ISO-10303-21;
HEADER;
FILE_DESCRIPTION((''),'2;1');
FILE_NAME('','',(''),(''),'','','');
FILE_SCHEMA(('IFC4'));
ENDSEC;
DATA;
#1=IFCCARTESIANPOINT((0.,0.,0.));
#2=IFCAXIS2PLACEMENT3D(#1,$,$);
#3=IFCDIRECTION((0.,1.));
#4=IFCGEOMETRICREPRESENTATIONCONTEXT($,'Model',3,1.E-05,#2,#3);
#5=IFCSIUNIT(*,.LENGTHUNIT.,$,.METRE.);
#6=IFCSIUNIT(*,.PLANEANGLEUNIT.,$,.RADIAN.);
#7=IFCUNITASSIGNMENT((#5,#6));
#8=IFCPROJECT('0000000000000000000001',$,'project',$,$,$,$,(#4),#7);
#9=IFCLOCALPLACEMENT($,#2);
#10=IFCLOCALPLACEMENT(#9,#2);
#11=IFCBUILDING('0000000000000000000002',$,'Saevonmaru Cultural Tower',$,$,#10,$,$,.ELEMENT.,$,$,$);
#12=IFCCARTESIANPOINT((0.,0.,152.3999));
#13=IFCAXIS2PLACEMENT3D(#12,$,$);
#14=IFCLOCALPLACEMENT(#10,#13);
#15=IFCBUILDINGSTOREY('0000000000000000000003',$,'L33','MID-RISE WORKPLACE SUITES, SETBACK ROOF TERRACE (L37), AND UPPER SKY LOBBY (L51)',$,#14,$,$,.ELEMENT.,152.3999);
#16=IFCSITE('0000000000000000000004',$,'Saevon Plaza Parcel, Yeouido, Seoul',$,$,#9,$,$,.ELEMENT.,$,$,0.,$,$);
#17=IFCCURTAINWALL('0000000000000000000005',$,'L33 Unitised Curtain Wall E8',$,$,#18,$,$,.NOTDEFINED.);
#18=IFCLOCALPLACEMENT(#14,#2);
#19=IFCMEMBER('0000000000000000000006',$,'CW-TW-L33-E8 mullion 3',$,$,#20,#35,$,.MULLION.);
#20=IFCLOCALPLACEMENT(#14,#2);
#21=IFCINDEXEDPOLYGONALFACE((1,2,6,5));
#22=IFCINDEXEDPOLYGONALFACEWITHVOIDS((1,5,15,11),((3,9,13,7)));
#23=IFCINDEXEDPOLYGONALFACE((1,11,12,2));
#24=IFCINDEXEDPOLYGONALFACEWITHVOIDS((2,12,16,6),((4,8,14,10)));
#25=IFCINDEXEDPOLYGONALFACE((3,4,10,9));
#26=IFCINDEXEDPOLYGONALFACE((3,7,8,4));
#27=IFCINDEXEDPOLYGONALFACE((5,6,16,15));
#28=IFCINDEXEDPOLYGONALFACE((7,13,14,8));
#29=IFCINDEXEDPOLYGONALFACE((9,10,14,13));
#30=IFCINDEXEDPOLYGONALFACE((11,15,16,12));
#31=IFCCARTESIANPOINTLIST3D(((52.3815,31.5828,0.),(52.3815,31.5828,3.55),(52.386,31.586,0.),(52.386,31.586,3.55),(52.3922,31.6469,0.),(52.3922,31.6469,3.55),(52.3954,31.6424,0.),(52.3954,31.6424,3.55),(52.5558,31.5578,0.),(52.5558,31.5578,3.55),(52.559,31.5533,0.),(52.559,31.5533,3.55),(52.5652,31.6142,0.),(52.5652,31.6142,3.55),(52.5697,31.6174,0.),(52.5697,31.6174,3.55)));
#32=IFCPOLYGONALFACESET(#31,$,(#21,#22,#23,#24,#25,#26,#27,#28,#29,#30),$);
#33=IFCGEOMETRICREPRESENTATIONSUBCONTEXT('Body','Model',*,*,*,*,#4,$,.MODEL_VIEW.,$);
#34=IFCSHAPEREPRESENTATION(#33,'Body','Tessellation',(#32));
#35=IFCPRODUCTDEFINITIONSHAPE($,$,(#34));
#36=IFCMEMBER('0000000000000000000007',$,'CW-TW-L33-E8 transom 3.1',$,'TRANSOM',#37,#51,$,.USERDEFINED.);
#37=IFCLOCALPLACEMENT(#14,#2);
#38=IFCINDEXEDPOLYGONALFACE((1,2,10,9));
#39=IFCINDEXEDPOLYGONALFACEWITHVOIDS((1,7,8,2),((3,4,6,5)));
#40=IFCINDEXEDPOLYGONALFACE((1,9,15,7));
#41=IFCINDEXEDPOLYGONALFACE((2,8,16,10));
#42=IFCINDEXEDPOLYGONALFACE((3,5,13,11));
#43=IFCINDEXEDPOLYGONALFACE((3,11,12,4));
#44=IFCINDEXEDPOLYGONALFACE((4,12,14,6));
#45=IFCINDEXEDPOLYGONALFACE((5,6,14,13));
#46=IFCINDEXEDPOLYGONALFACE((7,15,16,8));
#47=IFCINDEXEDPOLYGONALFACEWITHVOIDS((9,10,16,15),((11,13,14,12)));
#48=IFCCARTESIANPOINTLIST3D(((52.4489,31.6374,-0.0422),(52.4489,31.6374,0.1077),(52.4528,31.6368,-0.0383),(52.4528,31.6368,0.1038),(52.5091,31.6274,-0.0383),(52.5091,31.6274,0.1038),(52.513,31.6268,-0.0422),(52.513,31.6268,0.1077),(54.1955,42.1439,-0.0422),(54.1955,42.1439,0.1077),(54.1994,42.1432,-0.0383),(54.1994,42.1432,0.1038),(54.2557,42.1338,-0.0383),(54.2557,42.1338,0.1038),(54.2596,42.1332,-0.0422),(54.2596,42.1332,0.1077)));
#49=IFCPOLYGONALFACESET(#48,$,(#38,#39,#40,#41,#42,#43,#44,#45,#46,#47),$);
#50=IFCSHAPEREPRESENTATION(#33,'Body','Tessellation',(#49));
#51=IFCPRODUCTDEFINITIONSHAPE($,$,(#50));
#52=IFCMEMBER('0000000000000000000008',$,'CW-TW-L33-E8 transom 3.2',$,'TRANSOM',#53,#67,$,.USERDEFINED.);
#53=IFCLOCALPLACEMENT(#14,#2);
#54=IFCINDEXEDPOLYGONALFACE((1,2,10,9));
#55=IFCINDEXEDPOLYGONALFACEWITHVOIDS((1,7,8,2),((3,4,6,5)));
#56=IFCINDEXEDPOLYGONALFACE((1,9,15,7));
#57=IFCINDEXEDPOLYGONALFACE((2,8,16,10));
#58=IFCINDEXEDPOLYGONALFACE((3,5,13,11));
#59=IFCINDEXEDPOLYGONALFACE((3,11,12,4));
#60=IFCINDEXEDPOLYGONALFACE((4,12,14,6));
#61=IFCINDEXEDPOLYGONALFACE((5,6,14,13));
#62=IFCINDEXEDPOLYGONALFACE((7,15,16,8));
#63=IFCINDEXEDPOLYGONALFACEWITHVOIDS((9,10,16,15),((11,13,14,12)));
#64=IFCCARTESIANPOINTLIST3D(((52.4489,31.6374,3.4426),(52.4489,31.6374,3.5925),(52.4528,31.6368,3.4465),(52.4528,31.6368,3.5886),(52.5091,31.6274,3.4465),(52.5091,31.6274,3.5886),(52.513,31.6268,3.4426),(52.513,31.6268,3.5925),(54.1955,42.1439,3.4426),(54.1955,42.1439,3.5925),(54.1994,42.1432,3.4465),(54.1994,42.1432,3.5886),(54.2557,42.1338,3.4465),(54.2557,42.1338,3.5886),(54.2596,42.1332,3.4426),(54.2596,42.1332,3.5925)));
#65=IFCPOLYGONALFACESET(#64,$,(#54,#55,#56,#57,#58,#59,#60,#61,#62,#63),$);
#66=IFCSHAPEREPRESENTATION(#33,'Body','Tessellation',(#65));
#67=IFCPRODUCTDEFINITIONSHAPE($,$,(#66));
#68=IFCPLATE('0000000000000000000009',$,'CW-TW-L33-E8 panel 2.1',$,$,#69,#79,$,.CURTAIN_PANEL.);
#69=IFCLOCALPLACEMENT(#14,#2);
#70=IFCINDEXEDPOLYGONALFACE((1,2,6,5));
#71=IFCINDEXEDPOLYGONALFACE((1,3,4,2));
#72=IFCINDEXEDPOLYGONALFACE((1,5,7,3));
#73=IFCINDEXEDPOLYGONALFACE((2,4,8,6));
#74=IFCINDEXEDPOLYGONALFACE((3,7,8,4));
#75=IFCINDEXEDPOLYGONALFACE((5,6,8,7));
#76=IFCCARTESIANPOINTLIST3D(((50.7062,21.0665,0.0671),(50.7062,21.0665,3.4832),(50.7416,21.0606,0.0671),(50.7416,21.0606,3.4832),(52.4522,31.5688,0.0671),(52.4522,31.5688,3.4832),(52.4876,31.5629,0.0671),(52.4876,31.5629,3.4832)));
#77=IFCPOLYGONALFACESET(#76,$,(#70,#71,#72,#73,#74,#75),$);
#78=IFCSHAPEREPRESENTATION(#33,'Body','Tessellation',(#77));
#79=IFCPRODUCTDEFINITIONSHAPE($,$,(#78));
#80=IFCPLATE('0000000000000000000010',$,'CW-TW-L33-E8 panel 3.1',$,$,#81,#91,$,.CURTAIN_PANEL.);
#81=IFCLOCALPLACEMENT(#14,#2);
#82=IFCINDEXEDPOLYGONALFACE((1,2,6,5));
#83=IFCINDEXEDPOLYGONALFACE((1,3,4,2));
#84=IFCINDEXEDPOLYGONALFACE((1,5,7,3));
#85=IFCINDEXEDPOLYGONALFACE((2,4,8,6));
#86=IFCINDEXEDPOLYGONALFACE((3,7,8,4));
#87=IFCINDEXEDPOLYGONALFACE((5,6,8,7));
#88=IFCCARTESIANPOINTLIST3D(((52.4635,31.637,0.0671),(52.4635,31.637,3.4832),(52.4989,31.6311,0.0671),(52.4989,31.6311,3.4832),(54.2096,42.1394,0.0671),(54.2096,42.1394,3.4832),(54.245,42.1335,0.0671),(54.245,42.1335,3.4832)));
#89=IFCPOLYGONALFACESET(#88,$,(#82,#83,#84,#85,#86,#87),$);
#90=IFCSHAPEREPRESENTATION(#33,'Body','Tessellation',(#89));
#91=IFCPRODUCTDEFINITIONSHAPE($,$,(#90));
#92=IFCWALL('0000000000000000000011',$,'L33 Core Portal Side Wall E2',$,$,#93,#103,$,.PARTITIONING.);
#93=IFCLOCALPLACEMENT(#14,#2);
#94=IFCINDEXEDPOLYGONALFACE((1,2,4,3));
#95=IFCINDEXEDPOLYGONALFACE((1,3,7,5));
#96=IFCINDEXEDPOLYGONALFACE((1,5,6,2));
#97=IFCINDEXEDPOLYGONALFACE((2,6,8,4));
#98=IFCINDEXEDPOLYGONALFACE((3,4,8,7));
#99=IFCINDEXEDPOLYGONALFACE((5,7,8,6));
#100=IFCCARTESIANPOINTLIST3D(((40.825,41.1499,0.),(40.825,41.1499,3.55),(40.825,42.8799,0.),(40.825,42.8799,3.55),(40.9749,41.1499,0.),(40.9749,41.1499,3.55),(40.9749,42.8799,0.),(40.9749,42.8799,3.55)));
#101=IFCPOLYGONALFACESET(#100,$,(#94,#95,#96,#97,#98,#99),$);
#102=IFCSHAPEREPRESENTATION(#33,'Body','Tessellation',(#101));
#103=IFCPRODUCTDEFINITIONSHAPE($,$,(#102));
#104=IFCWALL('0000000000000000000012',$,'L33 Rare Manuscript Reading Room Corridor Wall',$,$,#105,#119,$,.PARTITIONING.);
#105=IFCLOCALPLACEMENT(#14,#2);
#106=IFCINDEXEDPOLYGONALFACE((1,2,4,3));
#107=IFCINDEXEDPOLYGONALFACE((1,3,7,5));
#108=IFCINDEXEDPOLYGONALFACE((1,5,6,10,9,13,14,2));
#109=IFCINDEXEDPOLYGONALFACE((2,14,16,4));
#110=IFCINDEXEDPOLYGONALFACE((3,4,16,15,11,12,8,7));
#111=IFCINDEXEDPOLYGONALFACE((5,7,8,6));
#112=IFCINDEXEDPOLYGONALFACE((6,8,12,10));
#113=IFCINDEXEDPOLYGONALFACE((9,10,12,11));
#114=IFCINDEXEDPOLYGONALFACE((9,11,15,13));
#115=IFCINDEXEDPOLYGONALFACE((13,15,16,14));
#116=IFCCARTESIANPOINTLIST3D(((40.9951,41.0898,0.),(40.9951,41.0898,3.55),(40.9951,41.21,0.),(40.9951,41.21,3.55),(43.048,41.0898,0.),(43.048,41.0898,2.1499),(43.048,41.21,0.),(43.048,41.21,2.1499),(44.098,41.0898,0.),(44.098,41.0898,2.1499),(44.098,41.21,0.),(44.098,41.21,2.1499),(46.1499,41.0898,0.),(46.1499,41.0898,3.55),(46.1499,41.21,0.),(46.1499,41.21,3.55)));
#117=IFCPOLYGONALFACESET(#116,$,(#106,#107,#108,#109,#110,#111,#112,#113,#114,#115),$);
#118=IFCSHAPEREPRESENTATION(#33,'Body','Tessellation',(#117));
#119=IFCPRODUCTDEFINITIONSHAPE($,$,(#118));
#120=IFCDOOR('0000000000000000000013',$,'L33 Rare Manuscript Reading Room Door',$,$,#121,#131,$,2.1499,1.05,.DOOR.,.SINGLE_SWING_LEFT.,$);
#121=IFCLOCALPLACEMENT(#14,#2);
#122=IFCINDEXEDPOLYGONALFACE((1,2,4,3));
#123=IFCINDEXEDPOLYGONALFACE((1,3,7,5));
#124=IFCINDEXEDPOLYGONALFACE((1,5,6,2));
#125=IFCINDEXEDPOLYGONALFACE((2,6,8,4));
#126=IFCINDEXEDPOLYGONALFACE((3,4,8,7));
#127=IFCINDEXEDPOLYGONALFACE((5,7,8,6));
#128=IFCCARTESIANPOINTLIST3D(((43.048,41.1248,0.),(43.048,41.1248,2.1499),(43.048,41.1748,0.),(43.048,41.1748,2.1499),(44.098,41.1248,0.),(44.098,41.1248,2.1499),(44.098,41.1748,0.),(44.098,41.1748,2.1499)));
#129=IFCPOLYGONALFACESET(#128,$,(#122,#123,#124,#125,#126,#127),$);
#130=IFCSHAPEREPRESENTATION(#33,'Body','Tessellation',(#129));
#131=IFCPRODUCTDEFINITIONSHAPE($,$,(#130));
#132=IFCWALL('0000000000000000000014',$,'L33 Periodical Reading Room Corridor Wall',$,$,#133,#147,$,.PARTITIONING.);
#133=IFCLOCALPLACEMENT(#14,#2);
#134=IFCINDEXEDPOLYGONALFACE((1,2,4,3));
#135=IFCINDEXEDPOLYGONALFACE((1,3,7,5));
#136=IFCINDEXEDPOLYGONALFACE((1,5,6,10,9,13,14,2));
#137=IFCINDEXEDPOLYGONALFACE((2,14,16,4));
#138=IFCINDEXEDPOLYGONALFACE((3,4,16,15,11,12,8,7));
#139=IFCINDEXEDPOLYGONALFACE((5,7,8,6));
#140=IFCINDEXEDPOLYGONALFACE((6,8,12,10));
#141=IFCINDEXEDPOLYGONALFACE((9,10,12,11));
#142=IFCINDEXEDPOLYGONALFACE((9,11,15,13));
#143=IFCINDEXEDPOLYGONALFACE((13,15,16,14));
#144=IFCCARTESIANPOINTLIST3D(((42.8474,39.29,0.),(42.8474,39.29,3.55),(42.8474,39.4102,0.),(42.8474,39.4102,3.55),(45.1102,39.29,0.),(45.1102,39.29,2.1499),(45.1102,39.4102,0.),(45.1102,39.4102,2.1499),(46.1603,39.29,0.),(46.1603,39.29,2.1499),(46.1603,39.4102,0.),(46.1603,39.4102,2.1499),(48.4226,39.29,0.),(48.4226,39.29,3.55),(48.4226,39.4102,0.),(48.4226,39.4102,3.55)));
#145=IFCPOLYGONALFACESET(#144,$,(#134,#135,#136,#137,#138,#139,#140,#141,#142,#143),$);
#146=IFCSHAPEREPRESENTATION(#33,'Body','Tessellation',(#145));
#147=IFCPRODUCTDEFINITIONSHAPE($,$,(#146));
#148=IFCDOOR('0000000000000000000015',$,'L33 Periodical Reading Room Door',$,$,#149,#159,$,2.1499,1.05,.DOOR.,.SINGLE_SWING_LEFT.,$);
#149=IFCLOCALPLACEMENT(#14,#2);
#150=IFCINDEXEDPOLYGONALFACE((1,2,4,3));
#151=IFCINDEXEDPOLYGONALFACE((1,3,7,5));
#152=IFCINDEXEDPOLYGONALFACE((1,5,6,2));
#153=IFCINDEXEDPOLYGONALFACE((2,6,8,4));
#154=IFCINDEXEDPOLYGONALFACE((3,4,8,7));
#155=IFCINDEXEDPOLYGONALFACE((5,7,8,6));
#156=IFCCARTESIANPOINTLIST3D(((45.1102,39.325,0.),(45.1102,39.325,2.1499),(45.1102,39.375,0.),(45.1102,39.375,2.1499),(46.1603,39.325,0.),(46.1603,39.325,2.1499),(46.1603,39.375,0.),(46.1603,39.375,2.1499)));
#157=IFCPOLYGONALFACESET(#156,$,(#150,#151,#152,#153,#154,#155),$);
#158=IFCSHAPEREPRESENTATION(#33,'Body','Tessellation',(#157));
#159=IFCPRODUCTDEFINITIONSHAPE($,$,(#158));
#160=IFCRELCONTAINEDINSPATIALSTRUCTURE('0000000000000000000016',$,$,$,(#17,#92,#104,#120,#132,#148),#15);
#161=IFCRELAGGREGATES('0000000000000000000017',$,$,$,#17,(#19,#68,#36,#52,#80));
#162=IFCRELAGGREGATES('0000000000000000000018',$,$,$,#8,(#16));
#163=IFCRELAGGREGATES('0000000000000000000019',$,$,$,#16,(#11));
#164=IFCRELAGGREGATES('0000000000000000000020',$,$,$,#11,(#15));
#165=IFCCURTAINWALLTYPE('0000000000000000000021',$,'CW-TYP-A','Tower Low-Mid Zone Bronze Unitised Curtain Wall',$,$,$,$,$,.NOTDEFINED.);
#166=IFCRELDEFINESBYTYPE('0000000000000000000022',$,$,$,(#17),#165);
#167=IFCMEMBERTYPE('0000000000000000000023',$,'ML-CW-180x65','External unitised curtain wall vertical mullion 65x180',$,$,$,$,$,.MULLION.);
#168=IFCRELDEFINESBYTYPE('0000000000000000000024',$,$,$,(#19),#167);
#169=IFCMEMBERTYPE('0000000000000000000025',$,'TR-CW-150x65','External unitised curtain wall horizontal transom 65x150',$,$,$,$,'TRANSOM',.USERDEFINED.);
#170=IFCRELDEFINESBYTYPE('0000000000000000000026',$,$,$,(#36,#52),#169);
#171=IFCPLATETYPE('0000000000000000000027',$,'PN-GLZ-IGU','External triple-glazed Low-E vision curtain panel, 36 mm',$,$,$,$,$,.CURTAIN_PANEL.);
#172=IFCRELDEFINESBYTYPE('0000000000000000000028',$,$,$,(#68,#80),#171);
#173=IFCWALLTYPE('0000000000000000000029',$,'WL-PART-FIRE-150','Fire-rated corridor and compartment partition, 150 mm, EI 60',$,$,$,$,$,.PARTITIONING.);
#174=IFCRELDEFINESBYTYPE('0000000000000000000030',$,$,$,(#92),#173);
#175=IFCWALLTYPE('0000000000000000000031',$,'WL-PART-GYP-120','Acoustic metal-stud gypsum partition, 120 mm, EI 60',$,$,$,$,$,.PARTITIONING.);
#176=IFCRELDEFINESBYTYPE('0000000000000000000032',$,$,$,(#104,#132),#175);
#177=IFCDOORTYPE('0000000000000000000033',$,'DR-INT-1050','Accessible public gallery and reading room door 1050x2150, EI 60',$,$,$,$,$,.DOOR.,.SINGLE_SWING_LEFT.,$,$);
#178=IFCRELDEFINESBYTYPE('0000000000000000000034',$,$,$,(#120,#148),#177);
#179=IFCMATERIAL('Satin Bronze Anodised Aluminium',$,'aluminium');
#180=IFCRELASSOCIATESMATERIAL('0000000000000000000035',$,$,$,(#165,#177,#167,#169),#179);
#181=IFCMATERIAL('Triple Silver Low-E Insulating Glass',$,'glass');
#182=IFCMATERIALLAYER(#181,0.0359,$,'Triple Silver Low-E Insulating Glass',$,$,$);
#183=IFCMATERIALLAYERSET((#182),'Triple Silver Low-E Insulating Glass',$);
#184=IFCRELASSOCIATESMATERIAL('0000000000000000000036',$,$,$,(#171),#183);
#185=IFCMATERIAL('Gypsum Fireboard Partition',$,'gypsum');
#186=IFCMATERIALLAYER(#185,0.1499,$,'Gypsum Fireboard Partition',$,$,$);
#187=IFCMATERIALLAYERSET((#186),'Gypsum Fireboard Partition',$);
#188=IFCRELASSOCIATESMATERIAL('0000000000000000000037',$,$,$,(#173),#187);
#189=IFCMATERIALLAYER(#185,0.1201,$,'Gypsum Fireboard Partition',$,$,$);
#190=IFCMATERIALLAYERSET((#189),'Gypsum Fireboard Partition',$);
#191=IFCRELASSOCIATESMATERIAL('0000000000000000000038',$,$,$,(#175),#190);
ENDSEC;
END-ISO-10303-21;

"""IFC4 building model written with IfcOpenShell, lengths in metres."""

from ifc_helpers import new_model, si_unit, direction, frame, frame_2d, origin, origin_2d, place, context, subcontext, project, spatial, rectangle, hollow_rectangle, extrude, material, layer, layer_set, material_profile, profile_set, type_object, element, fill, aggregate, save


model = new_model("IFC4")

# Units and contexts
model_context = context("Model", 3, precision=1e-05, world=origin(), true_north=direction((0.0, 1.0)))
body_context = subcontext(model_context, "Body", "Model", "MODEL_VIEW")
ifc_project = project(units=[si_unit("LENGTHUNIT", "METRE"), si_unit("PLANEANGLEUNIT", "RADIAN")], contexts=[model_context])

# Site, building, storey
site_placement = place(None, origin())
site = spatial("IfcSite", under=ifc_project, at=site_placement, Name="Saevon Plaza Parcel, Yeouido, Seoul", CompositionType="ELEMENT", RefElevation=0.0)
building_placement = place(site_placement, origin())
building = spatial("IfcBuilding", under=site, at=building_placement, Name="Saevonmaru Cultural Tower", CompositionType="ELEMENT")
storey_placement = place(building_placement, frame((0.0, 0.0, 152.3999)))
storey = spatial("IfcBuildingStorey", under=building, at=storey_placement, Name="L33", Description="MID-RISE WORKPLACE SUITES, SETBACK ROOF TERRACE (L37), AND UPPER SKY LOBBY (L51)", CompositionType="ELEMENT", Elevation=152.3999)

# Curtain wall, members, plates
ifc_material_1 = material(Name="Satin Bronze Anodised Aluminium", Category="aluminium")
curtain_wall_type = type_object("IfcCurtainWallType", Name="CW-TYP-A", Description="Tower Low-Mid Zone Bronze Unitised Curtain Wall", PredefinedType="NOTDEFINED", material=ifc_material_1)
curtain_wall_placement = place(storey_placement, origin())
curtain_wall = element("IfcCurtainWall", 1, at=curtain_wall_placement, inside=storey, type_object=curtain_wall_type, Name="L33 Unitised Curtain Wall E8", PredefinedType="NOTDEFINED")
ifc_material_profile_1 = material_profile(ifc_material_1, hollow_rectangle(XDim=0.0649, YDim=0.1799, WallThickness=0.0039, at=origin_2d()), Name="ALU-MULL-180x65x4")
ifc_profile_set_1 = profile_set([ifc_material_profile_1], Name="Satin Bronze Anodised Aluminium")
member_type_1 = type_object("IfcMemberType", Name="ML-CW-180x65", Description="External unitised curtain wall vertical mullion 65x180", PredefinedType="MULLION", material=ifc_profile_set_1)
member_1_placement = place(storey_placement, frame((52.4756, 31.6001, 0.0), z_axis=(0.0, 0.0, 1.0), x_axis=(0.163999, 0.986461, 0.0)))
member_1 = element("IfcMember", 2, at=member_1_placement, type_object=member_type_1, Name="CW-TW-L33-E8 mullion 3", PredefinedType="MULLION", context=body_context, shape_type="SweptSolid", body=[
    extrude(hollow_rectangle(XDim=0.0649, YDim=0.1799, WallThickness=0.0039, at=origin_2d()), origin(), (0.0, 0.0, 1.0), 3.55),
])
ifc_material_profile_2 = material_profile(ifc_material_1, hollow_rectangle(XDim=0.0649, YDim=0.1499, WallThickness=0.0039, at=origin_2d()), Name="ALU-TRAN-150x65x4")
ifc_profile_set_2 = profile_set([ifc_material_profile_2], Name="Satin Bronze Anodised Aluminium")
member_type_2 = type_object("IfcMemberType", Name="TR-CW-150x65", Description="External unitised curtain wall horizontal transom 65x150", ElementType="TRANSOM", PredefinedType="USERDEFINED", material=ifc_profile_set_2)
member_2_placement = place(storey_placement, frame((52.481, 31.6321, 0.0327), z_axis=(0.16399, 0.986462, 0.0), x_axis=(-0.986462, 0.16399, 0.0)))
member_2 = element("IfcMember", 3, at=member_2_placement, type_object=member_type_2, Name="CW-TW-L33-E8 transom 3.1", ObjectType="TRANSOM", PredefinedType="USERDEFINED", context=body_context, shape_type="SweptSolid", body=[
    extrude(hollow_rectangle(XDim=0.0649, YDim=0.1499, WallThickness=0.0039, at=origin_2d()), origin(), (0.0, 0.0, 1.0), 10.6506),
])
member_3_placement = place(storey_placement, frame((52.481, 31.6321, 3.5176), z_axis=(0.16399, 0.986462, 0.0), x_axis=(-0.986462, 0.16399, 0.0)))
member_3 = element("IfcMember", 4, at=member_3_placement, type_object=member_type_2, Name="CW-TW-L33-E8 transom 3.2", ObjectType="TRANSOM", PredefinedType="USERDEFINED", context=body_context, shape_type="SweptSolid", body=[
    extrude(hollow_rectangle(XDim=0.0649, YDim=0.1499, WallThickness=0.0039, at=origin_2d()), origin(), (0.0, 0.0, 1.0), 10.6506),
])
ifc_material_2 = material(Name="Triple Silver Low-E Insulating Glass", Category="glass")
ifc_layer_1 = layer(ifc_material_2, 0.0359, Name="Triple Silver Low-E Insulating Glass")
ifc_layer_set_1 = layer_set([ifc_layer_1], Name="Triple Silver Low-E Insulating Glass")
plate_type = type_object("IfcPlateType", Name="PN-GLZ-IGU", Description="External triple-glazed Low-E vision curtain panel, 36 mm", PredefinedType="CURTAIN_PANEL", material=ifc_layer_set_1)
plate_1_placement = place(storey_placement, frame((51.5969, 26.3147, 0.0671), z_axis=(0.0, 0.0, 1.0), x_axis=(0.163999, 0.986461, 0.0)))
plate_1 = element("IfcPlate", 5, at=plate_1_placement, type_object=plate_type, Name="CW-TW-L33-E8 panel 2.1", PredefinedType="CURTAIN_PANEL", context=body_context, shape_type="SweptSolid", body=[
    extrude(rectangle(XDim=10.6465, YDim=0.0359, at=origin_2d()), origin(), (0.0, 0.0, 1.0), 3.416),
])
plate_2_placement = place(storey_placement, frame((53.3542, 36.8853, 0.0671), z_axis=(0.0, 0.0, 1.0), x_axis=(0.163999, 0.986461, 0.0)))
plate_2 = element("IfcPlate", 6, at=plate_2_placement, type_object=plate_type, Name="CW-TW-L33-E8 panel 3.1", PredefinedType="CURTAIN_PANEL", context=body_context, shape_type="SweptSolid", body=[
    extrude(rectangle(XDim=10.6465, YDim=0.0359, at=origin_2d()), origin(), (0.0, 0.0, 1.0), 3.416),
])
aggregate(curtain_wall, [member_1, plate_1, member_2, member_3, plate_2])

# Wall
ifc_material_3 = material(Name="Gypsum Fireboard Partition", Category="gypsum")
ifc_layer_2 = layer(ifc_material_3, 0.1499, Name="Gypsum Fireboard Partition")
ifc_layer_set_2 = layer_set([ifc_layer_2], Name="Gypsum Fireboard Partition")
wall_type_1 = type_object("IfcWallType", Name="WL-PART-FIRE-150", Description="Fire-rated corridor and compartment partition, 150 mm, EI 60", PredefinedType="PARTITIONING", material=ifc_layer_set_2)
wall_1_placement = place(storey_placement, frame((40.8999, 41.1499, 0.0), z_axis=(0.0, 0.0, 1.0), x_axis=(0.0, 1.0, 0.0)))
element("IfcWall", 7, at=wall_1_placement, inside=storey, type_object=wall_type_1, Name="L33 Core Portal Side Wall E2", PredefinedType="PARTITIONING", context=body_context, shape_type="SweptSolid", body=[
    extrude(rectangle(XDim=1.73, YDim=0.1499, at=frame_2d((0.865, 0.0))), origin(), (0.0, 0.0, 1.0), 3.55),
])

# Walls, openings, doors
ifc_layer_3 = layer(ifc_material_3, 0.1201, Name="Gypsum Fireboard Partition")
ifc_layer_set_3 = layer_set([ifc_layer_3], Name="Gypsum Fireboard Partition")
wall_type_2 = type_object("IfcWallType", Name="WL-PART-GYP-120", Description="Acoustic metal-stud gypsum partition, 120 mm, EI 60", PredefinedType="PARTITIONING", material=ifc_layer_set_3)
wall_2_placement = place(storey_placement, frame((40.9951, 41.1499, 0.0), z_axis=(0.0, 0.0, 1.0), x_axis=(1.0, 0.0, 0.0)))
wall_2 = element("IfcWall", 8, at=wall_2_placement, inside=storey, type_object=wall_type_2, Name="L33 Rare Manuscript Reading Room Corridor Wall", PredefinedType="PARTITIONING", context=body_context, shape_type="SweptSolid", body=[
    extrude(rectangle(XDim=5.1548, YDim=0.1201, at=frame_2d((2.5774, 0.0))), origin(), (0.0, 0.0, 1.0), 3.55),
])
opening_1_placement = place(wall_2_placement, frame((2.053, 0.0, 0.0)))
opening_1 = element("IfcOpeningElement", 9, at=opening_1_placement, cuts=wall_2, PredefinedType="OPENING", context=body_context, shape_type="SweptSolid", body=[
    extrude(rectangle(XDim=1.05, YDim=2.1499, at=frame_2d((0.5249, 1.075))), frame((0.0, 0.0701, 0.0), z_axis=(0.0, -1.0, 0.0), x_axis=(1.0, 0.0, 0.0)), (0.0, 0.0, 1.0), 0.1401),
])
door_type_1 = type_object("IfcDoorType", Name="DR-INT-1050", Description="Accessible public gallery and reading room door 1050x2150, EI 60", OperationType="SINGLE_SWING_LEFT", PredefinedType="DOOR", material=ifc_material_1)
door_1_placement = place(opening_1_placement, origin())
door_1 = element("IfcDoor", 10, at=door_1_placement, inside=storey, type_object=door_type_1, Name="L33 Rare Manuscript Reading Room Door", OperationType="SINGLE_SWING_LEFT", OverallHeight=2.1499, OverallWidth=1.05, PredefinedType="DOOR", context=body_context, shape_type="SweptSolid", body=[
    extrude(rectangle(XDim=1.05, YDim=2.1499, at=frame_2d((0.5249, 1.075))), frame((0.0, 0.0249, 0.0), z_axis=(0.0, -1.0, 0.0), x_axis=(1.0, 0.0, 0.0)), (0.0, 0.0, 1.0), 0.05),
])
fill(opening_1, door_1)
wall_3_placement = place(storey_placement, frame((42.8474, 39.3501, 0.0), z_axis=(0.0, 0.0, 1.0), x_axis=(1.0, 0.0, 0.0)))
wall_3 = element("IfcWall", 11, at=wall_3_placement, inside=storey, type_object=wall_type_2, Name="L33 Periodical Reading Room Corridor Wall", PredefinedType="PARTITIONING", context=body_context, shape_type="SweptSolid", body=[
    extrude(rectangle(XDim=5.5752, YDim=0.1201, at=frame_2d((2.7876, 0.0))), origin(), (0.0, 0.0, 1.0), 3.55),
])
opening_2_placement = place(wall_3_placement, frame((2.2629, 0.0, 0.0)))
opening_2 = element("IfcOpeningElement", 12, at=opening_2_placement, cuts=wall_3, PredefinedType="OPENING", context=body_context, shape_type="SweptSolid", body=[
    extrude(rectangle(XDim=1.05, YDim=2.1499, at=frame_2d((0.5249, 1.075))), frame((0.0, 0.0701, 0.0), z_axis=(0.0, -1.0, 0.0), x_axis=(1.0, 0.0, 0.0)), (0.0, 0.0, 1.0), 0.1401),
])
door_2_placement = place(opening_2_placement, origin())
door_2 = element("IfcDoor", 13, at=door_2_placement, inside=storey, type_object=door_type_1, Name="L33 Periodical Reading Room Door", OperationType="SINGLE_SWING_LEFT", OverallHeight=2.1499, OverallWidth=1.05, PredefinedType="DOOR", context=body_context, shape_type="SweptSolid", body=[
    extrude(rectangle(XDim=1.05, YDim=2.1499, at=frame_2d((0.5249, 1.075))), frame((0.0, 0.0249, 0.0), z_axis=(0.0, -1.0, 0.0), x_axis=(1.0, 0.0, 0.0)), (0.0, 0.0, 1.0), 0.05),
])
fill(opening_2, door_2)

save(model, "model.ifc")
